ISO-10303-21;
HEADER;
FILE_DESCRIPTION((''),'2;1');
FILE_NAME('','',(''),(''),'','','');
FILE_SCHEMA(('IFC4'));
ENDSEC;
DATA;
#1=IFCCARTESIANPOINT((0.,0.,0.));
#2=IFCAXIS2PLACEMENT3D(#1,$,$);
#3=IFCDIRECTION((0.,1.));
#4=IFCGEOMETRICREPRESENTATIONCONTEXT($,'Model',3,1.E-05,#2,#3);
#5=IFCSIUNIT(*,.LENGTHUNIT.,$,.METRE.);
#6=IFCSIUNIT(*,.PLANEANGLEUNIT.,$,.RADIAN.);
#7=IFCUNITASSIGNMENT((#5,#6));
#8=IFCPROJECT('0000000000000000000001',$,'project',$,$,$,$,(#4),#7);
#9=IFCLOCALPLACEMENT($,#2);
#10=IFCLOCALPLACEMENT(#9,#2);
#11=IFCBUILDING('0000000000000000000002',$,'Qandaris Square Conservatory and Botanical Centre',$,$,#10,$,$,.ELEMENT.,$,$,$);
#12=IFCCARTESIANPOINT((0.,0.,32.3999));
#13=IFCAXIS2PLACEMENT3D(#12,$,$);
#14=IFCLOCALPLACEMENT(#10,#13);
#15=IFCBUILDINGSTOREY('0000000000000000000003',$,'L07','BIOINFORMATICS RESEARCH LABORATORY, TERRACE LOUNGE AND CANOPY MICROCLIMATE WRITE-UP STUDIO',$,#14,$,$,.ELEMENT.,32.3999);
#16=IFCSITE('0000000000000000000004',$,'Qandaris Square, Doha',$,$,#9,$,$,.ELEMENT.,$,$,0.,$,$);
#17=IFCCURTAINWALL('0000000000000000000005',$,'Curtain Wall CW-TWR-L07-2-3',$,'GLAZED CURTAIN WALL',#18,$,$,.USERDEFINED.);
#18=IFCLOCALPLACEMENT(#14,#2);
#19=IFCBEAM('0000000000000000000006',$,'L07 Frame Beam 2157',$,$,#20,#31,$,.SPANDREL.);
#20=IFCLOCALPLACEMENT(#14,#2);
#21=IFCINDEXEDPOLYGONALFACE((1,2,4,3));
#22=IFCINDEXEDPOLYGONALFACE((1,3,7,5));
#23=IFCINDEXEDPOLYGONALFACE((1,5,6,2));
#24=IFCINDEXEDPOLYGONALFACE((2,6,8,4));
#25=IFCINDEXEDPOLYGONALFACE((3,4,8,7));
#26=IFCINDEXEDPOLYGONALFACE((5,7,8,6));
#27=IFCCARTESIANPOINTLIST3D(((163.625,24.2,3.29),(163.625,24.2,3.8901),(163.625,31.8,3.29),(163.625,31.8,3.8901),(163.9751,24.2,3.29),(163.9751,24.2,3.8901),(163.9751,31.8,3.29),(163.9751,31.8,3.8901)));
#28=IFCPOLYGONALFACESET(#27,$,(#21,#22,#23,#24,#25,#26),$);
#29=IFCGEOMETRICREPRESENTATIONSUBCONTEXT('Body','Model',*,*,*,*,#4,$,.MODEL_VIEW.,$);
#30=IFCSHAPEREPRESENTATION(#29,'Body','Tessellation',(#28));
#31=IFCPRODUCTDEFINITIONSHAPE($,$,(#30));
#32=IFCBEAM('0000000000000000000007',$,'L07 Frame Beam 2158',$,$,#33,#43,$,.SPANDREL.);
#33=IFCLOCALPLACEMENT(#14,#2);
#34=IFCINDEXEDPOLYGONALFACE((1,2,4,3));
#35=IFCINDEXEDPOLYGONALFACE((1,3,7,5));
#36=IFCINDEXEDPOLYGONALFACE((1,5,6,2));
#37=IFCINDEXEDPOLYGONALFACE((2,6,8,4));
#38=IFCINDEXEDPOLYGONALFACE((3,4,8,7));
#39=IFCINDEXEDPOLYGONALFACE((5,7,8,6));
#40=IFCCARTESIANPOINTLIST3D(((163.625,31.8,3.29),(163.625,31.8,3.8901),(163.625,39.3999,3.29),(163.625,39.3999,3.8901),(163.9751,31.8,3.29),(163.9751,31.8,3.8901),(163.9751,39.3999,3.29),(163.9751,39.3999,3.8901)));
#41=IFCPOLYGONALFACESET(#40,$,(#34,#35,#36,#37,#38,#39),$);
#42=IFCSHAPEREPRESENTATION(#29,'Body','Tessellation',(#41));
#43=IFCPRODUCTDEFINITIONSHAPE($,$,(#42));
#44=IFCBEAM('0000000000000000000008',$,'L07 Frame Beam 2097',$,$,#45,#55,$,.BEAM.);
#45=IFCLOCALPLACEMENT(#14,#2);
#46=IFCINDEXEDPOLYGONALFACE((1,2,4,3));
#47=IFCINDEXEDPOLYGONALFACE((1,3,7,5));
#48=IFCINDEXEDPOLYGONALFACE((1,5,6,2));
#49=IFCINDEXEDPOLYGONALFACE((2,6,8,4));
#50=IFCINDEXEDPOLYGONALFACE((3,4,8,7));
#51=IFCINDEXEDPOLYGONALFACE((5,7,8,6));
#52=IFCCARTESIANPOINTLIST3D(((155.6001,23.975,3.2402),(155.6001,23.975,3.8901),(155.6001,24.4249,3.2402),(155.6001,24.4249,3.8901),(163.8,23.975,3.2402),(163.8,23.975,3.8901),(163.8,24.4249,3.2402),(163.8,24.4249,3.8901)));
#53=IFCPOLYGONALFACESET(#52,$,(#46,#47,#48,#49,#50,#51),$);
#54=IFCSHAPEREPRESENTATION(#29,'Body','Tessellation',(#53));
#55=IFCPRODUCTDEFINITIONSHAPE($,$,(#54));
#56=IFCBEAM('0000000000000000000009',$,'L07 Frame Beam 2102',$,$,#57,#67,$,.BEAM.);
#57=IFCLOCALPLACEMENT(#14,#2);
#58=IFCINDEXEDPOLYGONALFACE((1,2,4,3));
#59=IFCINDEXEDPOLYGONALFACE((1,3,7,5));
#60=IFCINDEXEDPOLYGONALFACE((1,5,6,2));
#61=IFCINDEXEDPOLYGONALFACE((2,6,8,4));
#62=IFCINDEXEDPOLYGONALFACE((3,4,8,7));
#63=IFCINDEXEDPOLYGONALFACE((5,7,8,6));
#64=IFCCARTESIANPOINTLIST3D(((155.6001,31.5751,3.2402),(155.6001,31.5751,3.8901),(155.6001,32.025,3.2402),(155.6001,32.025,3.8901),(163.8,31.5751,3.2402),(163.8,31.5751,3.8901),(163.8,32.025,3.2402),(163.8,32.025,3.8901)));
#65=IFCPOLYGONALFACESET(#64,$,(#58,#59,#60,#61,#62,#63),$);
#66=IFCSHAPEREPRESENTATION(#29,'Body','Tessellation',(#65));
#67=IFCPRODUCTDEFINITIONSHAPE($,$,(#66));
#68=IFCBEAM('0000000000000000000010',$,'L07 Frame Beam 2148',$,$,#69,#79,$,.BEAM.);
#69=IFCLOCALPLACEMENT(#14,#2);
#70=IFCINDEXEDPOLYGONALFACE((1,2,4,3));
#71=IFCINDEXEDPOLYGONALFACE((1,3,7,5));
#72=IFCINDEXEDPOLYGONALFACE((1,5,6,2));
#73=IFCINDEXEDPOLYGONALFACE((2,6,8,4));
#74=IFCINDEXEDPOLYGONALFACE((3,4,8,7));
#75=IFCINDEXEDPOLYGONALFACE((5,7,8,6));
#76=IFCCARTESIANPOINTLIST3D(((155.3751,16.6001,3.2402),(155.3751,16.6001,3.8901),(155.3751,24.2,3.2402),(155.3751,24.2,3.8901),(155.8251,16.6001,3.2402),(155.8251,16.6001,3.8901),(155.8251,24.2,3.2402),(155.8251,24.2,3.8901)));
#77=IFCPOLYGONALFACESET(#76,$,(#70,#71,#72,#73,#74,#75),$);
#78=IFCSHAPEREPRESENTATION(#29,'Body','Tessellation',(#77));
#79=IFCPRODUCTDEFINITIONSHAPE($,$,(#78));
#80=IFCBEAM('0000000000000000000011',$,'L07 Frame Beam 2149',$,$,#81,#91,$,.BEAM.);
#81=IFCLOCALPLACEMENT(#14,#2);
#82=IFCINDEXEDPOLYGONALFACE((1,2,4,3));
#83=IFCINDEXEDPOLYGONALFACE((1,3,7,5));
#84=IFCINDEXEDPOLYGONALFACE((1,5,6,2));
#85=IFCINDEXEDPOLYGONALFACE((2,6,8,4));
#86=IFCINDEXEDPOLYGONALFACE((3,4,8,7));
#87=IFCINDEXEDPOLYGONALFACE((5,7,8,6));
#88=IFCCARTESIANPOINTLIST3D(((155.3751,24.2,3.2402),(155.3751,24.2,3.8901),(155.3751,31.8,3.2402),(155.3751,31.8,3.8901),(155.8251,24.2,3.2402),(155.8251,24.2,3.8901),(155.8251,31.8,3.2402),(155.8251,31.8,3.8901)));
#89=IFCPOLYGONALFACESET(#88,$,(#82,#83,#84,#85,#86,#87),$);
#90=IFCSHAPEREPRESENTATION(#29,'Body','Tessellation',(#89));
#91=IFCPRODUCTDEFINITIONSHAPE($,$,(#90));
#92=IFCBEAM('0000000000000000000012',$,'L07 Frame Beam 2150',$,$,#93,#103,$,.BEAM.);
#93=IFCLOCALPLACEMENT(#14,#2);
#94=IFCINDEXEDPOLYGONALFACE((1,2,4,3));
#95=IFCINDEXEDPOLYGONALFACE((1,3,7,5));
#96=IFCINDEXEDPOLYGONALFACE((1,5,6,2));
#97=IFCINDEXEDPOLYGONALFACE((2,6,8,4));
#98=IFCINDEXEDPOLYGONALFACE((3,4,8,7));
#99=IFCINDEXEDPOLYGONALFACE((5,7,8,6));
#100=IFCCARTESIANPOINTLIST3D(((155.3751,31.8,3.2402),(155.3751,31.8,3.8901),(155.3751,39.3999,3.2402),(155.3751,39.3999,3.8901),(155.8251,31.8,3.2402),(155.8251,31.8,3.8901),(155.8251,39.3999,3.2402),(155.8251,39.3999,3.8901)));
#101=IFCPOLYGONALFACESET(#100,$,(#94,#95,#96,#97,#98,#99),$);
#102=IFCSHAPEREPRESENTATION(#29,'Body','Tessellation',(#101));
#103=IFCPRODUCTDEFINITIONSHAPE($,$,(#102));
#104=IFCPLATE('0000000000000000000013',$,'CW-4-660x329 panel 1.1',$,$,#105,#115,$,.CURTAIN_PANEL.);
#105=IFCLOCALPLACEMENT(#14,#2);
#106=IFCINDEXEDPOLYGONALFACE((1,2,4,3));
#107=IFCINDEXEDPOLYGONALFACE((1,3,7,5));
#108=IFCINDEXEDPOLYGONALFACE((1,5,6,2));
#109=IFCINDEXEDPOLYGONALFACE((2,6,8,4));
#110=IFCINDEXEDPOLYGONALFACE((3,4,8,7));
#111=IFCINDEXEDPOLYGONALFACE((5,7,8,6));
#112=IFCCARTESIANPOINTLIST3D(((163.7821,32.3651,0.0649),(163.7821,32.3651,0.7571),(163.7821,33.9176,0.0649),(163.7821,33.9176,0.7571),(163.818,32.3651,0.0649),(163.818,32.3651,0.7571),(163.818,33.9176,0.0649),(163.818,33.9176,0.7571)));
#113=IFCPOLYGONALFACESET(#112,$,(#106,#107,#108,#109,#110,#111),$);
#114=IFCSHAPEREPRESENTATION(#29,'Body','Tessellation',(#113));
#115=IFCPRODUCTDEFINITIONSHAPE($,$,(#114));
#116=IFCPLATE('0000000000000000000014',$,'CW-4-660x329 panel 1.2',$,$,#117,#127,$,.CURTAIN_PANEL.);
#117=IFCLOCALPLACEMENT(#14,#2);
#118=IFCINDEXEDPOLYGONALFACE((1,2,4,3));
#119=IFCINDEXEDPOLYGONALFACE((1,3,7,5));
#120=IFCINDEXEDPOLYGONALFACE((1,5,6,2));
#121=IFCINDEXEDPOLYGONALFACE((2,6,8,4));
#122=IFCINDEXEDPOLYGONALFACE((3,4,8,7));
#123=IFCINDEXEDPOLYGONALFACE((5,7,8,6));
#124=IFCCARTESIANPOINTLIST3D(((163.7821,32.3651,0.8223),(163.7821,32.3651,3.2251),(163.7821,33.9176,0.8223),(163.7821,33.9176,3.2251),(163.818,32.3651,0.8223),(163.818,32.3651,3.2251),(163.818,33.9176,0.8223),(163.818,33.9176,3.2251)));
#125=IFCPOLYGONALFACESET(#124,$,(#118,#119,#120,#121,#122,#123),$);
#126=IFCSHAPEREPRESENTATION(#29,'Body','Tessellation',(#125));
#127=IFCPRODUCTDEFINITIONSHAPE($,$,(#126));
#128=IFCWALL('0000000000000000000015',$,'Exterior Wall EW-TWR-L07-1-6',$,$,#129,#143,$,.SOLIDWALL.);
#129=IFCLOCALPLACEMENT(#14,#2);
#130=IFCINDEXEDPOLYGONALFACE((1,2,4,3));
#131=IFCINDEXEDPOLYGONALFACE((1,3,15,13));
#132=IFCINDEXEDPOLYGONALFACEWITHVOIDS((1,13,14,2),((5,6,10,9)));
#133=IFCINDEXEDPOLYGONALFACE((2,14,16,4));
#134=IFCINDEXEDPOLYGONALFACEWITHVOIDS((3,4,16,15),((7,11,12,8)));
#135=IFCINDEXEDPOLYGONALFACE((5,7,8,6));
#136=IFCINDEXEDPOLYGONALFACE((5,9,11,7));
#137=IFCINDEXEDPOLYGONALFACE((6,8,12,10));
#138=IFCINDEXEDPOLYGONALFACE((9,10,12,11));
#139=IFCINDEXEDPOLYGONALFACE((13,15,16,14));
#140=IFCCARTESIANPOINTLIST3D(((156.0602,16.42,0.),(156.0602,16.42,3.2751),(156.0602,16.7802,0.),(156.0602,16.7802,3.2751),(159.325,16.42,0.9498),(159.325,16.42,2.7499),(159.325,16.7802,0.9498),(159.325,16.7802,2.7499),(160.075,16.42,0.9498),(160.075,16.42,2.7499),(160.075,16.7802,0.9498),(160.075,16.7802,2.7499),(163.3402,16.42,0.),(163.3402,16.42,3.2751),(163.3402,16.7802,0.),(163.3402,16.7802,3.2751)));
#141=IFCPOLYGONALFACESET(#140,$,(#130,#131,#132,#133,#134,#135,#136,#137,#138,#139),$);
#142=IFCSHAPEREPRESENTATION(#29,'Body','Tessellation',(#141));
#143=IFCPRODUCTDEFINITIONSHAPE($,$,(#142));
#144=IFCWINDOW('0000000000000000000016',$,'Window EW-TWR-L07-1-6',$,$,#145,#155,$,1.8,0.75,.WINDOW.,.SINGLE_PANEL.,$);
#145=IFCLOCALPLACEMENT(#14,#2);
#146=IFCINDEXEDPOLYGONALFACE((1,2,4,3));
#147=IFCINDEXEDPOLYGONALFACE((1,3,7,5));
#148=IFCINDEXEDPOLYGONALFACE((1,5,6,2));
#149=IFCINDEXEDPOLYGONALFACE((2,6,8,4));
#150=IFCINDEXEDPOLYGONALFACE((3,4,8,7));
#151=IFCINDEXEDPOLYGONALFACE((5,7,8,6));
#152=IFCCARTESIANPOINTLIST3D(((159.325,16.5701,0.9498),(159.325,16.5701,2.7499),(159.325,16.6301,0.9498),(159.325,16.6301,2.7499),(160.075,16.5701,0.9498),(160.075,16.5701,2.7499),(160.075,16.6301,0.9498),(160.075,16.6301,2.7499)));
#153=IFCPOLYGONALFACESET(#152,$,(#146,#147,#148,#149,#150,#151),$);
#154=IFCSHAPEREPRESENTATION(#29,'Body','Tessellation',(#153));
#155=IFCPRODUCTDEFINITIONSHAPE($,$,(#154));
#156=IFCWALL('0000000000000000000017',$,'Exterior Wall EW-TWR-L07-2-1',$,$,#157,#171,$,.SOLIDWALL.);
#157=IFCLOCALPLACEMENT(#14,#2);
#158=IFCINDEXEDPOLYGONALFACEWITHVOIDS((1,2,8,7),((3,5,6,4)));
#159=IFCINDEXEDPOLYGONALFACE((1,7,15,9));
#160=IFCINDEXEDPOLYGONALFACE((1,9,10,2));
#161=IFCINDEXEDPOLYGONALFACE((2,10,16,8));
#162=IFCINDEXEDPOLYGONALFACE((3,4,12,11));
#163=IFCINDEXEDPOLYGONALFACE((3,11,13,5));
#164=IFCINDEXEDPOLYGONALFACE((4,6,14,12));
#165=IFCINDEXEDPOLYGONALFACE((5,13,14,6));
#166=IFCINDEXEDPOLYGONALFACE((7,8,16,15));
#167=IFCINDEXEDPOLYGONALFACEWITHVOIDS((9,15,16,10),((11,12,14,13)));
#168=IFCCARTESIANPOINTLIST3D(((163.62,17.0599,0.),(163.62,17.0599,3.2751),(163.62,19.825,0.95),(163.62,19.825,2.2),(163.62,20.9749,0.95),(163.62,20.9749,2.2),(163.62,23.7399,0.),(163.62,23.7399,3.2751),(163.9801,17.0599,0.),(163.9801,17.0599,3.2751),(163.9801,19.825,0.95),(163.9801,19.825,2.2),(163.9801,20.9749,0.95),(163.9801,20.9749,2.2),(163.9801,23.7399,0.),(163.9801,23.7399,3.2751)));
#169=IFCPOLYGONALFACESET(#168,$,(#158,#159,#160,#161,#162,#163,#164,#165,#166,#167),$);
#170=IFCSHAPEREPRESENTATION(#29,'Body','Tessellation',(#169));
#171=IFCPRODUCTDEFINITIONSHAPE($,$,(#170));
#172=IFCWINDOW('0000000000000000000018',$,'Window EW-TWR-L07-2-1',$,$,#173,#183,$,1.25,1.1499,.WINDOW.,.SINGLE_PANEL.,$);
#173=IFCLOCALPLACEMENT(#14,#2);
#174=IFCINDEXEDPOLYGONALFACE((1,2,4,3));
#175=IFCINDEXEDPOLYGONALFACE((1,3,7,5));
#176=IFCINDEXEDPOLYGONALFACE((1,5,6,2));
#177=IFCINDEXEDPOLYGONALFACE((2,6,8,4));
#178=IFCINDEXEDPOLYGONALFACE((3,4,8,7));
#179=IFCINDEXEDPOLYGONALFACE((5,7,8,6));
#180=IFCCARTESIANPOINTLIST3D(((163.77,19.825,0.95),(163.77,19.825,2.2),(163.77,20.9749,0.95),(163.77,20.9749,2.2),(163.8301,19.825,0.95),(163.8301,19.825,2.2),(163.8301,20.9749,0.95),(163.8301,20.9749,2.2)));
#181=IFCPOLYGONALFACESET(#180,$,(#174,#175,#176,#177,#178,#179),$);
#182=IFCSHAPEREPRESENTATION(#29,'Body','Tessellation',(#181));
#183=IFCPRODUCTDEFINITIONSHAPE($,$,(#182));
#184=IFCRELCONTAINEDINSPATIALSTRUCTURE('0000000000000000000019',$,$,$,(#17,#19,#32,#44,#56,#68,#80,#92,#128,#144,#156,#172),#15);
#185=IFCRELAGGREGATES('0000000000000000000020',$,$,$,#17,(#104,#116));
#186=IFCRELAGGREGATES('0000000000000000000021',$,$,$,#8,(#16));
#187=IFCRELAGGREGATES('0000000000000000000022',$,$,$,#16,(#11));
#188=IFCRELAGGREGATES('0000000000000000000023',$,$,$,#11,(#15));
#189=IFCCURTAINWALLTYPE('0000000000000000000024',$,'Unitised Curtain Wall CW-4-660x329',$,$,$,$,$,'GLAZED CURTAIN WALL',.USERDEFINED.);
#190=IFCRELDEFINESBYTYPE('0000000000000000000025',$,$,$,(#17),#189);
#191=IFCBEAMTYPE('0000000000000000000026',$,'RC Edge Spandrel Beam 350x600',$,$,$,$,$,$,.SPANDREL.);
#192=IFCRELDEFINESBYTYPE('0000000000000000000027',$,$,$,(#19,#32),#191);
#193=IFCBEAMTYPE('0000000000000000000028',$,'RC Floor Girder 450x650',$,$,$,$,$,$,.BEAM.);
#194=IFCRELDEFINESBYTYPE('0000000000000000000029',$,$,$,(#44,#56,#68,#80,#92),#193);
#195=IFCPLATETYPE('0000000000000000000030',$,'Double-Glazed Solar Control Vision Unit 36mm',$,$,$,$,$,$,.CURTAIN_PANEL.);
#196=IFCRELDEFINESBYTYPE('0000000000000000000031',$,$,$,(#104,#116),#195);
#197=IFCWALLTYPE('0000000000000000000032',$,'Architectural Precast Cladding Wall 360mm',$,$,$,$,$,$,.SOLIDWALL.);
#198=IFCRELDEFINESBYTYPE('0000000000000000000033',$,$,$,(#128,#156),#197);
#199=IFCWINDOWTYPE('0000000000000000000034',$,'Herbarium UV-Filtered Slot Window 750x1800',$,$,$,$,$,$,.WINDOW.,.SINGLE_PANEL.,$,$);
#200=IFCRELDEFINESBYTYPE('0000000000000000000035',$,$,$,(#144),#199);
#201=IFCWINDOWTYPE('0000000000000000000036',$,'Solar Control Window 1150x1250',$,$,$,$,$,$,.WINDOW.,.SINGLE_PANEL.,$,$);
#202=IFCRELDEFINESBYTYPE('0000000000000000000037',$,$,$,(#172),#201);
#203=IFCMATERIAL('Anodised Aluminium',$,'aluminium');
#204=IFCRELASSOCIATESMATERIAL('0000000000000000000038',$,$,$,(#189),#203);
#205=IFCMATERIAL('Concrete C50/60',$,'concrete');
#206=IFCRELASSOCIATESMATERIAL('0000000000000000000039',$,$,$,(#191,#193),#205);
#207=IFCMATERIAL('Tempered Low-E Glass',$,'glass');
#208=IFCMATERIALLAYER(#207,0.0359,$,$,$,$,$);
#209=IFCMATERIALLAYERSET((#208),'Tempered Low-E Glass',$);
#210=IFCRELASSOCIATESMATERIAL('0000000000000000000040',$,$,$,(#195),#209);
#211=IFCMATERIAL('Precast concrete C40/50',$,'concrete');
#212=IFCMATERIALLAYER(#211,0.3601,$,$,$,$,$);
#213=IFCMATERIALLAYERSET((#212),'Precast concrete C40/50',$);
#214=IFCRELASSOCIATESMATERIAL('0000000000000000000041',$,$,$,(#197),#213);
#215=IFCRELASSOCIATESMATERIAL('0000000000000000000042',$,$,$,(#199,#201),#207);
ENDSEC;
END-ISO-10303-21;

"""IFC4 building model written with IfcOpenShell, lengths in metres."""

from ifc_helpers import new_model, si_unit, direction, frame, frame_2d, origin, origin_2d, place, context, subcontext, project, spatial, rectangle, extrude, material, layer, layer_set, material_profile, profile_set, type_object, element, fill, aggregate, save


model = new_model("IFC4")

# Units and contexts
model_context = context("Model", 3, precision=1e-05, world=origin(), true_north=direction((0.0, 1.0)))
body_context = subcontext(model_context, "Body", "Model", "MODEL_VIEW")
ifc_project = project(units=[si_unit("LENGTHUNIT", "METRE"), si_unit("PLANEANGLEUNIT", "RADIAN")], contexts=[model_context])

# Site, building, storey
site_placement = place(None, origin())
site = spatial("IfcSite", under=ifc_project, at=site_placement, Name="Qandaris Square, Doha", CompositionType="ELEMENT", RefElevation=0.0)
building_placement = place(site_placement, origin())
building = spatial("IfcBuilding", under=site, at=building_placement, Name="Qandaris Square Conservatory and Botanical Centre", CompositionType="ELEMENT")
storey_placement = place(building_placement, frame((0.0, 0.0, 32.3999)))
storey = spatial("IfcBuildingStorey", under=building, at=storey_placement, Name="L07", Description="BIOINFORMATICS RESEARCH LABORATORY, TERRACE LOUNGE AND CANOPY MICROCLIMATE WRITE-UP STUDIO", CompositionType="ELEMENT", Elevation=32.3999)

# Shared definitions
ifc_material_1 = material(Name="Concrete C50/60", Category="concrete")

# Curtain wall
ifc_material_2 = material(Name="Anodised Aluminium", Category="aluminium")
curtain_wall_type = type_object("IfcCurtainWallType", Name="Unitised Curtain Wall CW-4-660x329", ElementType="GLAZED CURTAIN WALL", PredefinedType="USERDEFINED", material=ifc_material_2)
curtain_wall_placement = place(storey_placement, origin())
curtain_wall = element("IfcCurtainWall", 1, at=curtain_wall_placement, inside=storey, type_object=curtain_wall_type, Name="Curtain Wall CW-TWR-L07-2-3", ObjectType="GLAZED CURTAIN WALL", PredefinedType="USERDEFINED")

# Beams
ifc_material_profile_1 = material_profile(ifc_material_1, rectangle(XDim=0.3501, YDim=0.6001, at=origin_2d()), Name="RC-SP 350x600")
ifc_profile_set_1 = profile_set([ifc_material_profile_1], Name="Concrete C50/60")
beam_type_1 = type_object("IfcBeamType", Name="RC Edge Spandrel Beam 350x600", PredefinedType="SPANDREL", material=ifc_profile_set_1)
beam_1_placement = place(storey_placement, frame((163.8, 24.2, 3.5901), z_axis=(0.0, 1.0, 0.0), x_axis=(-1.0, 0.0, 0.0)))
element("IfcBeam", 2, at=beam_1_placement, inside=storey, type_object=beam_type_1, Name="L07 Frame Beam 2157", PredefinedType="SPANDREL", context=body_context, shape_type="SweptSolid", body=[
    extrude(rectangle(XDim=0.3501, YDim=0.6001, at=origin_2d()), origin(), (0.0, 0.0, 1.0), 7.6001),
])
beam_2_placement = place(storey_placement, frame((163.8, 31.8, 3.5901), z_axis=(0.0, 1.0, 0.0), x_axis=(-1.0, 0.0, 0.0)))
element("IfcBeam", 3, at=beam_2_placement, inside=storey, type_object=beam_type_1, Name="L07 Frame Beam 2158", PredefinedType="SPANDREL", context=body_context, shape_type="SweptSolid", body=[
    extrude(rectangle(XDim=0.3501, YDim=0.6001, at=origin_2d()), origin(), (0.0, 0.0, 1.0), 7.5999),
])
ifc_material_profile_2 = material_profile(ifc_material_1, rectangle(XDim=0.45, YDim=0.6499, at=origin_2d()), Name="RC-BM 450x650")
ifc_profile_set_2 = profile_set([ifc_material_profile_2], Name="Concrete C50/60")
beam_type_2 = type_object("IfcBeamType", Name="RC Floor Girder 450x650", PredefinedType="BEAM", material=ifc_profile_set_2)
for number, where, z_axis, x_axis, name in (
    (4, (155.6001, 24.2, 3.5652), (1.0, 0.0, 0.0), (0.0, 1.0, 0.0), "L07 Frame Beam 2097"),
    (5, (155.6001, 31.8, 3.5652), (1.0, 0.0, 0.0), (0.0, 1.0, 0.0), "L07 Frame Beam 2102"),
):
    element("IfcBeam", number, at=place(storey_placement, frame(where, z_axis=z_axis, x_axis=x_axis)), inside=storey, type_object=beam_type_2, Name=name, PredefinedType="BEAM", context=body_context, shape_type="SweptSolid", body=[
        extrude(rectangle(XDim=0.45, YDim=0.6499, at=origin_2d()), origin(), (0.0, 0.0, 1.0), 8.2),
    ])
beam_3_placement = place(storey_placement, frame((155.6001, 16.6001, 3.5652), z_axis=(0.0, 1.0, 0.0), x_axis=(-1.0, 0.0, 0.0)))
element("IfcBeam", 6, at=beam_3_placement, inside=storey, type_object=beam_type_2, Name="L07 Frame Beam 2148", PredefinedType="BEAM", context=body_context, shape_type="SweptSolid", body=[
    extrude(rectangle(XDim=0.45, YDim=0.6499, at=origin_2d()), origin(), (0.0, 0.0, 1.0), 7.5999),
])
beam_4_placement = place(storey_placement, frame((155.6001, 24.2, 3.5652), z_axis=(0.0, 1.0, 0.0), x_axis=(-1.0, 0.0, 0.0)))
element("IfcBeam", 7, at=beam_4_placement, inside=storey, type_object=beam_type_2, Name="L07 Frame Beam 2149", PredefinedType="BEAM", context=body_context, shape_type="SweptSolid", body=[
    extrude(rectangle(XDim=0.45, YDim=0.6499, at=origin_2d()), origin(), (0.0, 0.0, 1.0), 7.6001),
])
beam_5_placement = place(storey_placement, frame((155.6001, 31.8, 3.5652), z_axis=(0.0, 1.0, 0.0), x_axis=(-1.0, 0.0, 0.0)))
element("IfcBeam", 8, at=beam_5_placement, inside=storey, type_object=beam_type_2, Name="L07 Frame Beam 2150", PredefinedType="BEAM", context=body_context, shape_type="SweptSolid", body=[
    extrude(rectangle(XDim=0.45, YDim=0.6499, at=origin_2d()), origin(), (0.0, 0.0, 1.0), 7.5999),
])

# Plates
ifc_material_3 = material(Name="Tempered Low-E Glass", Category="glass")
ifc_layer_1 = layer(ifc_material_3, 0.0359)
ifc_layer_set_1 = layer_set([ifc_layer_1], Name="Tempered Low-E Glass")
plate_type = type_object("IfcPlateType", Name="Double-Glazed Solar Control Vision Unit 36mm", PredefinedType="CURTAIN_PANEL", material=ifc_layer_set_1)
plate_1_placement = place(storey_placement, frame((163.8, 33.1414, 0.0649), z_axis=(0.0, 0.0, 1.0), x_axis=(0.0, 1.0, 0.0)))
plate_1 = element("IfcPlate", 9, at=plate_1_placement, type_object=plate_type, Name="CW-4-660x329 panel 1.1", PredefinedType="CURTAIN_PANEL", context=body_context, shape_type="SweptSolid", body=[
    extrude(rectangle(XDim=1.5525, YDim=0.0359, at=origin_2d()), origin(), (0.0, 0.0, 1.0), 0.6921),
])
plate_2_placement = place(storey_placement, frame((163.8, 33.1414, 0.8223), z_axis=(0.0, 0.0, 1.0), x_axis=(0.0, 1.0, 0.0)))
plate_2 = element("IfcPlate", 10, at=plate_2_placement, type_object=plate_type, Name="CW-4-660x329 panel 1.2", PredefinedType="CURTAIN_PANEL", context=body_context, shape_type="SweptSolid", body=[
    extrude(rectangle(XDim=1.5525, YDim=0.0359, at=origin_2d()), origin(), (0.0, 0.0, 1.0), 2.4028),
])
aggregate(curtain_wall, [plate_1, plate_2])

# Walls, openings, windows
ifc_material_4 = material(Name="Precast concrete C40/50", Category="concrete")
ifc_layer_2 = layer(ifc_material_4, 0.3601)
ifc_layer_set_2 = layer_set([ifc_layer_2], Name="Precast concrete C40/50")
wall_type_1 = type_object("IfcWallType", Name="Architectural Precast Cladding Wall 360mm", PredefinedType="SOLIDWALL", material=ifc_layer_set_2)
wall_1_placement = place(storey_placement, frame((156.0601, 16.6001, 0.0), z_axis=(0.0, 0.0, 1.0), x_axis=(1.0, 0.0, 0.0)))
wall_1 = element("IfcWall", 11, at=wall_1_placement, inside=storey, type_object=wall_type_1, Name="Exterior Wall EW-TWR-L07-1-6", PredefinedType="SOLIDWALL", context=body_context, shape_type="SweptSolid", body=[
    extrude(rectangle(XDim=7.28, YDim=0.3601, at=frame_2d((3.6401, 0.0))), origin(), (0.0, 0.0, 1.0), 3.2751),
])
opening_1_placement = place(wall_1_placement, frame((3.2649, 0.0, 0.95)))
opening_1 = element("IfcOpeningElement", 12, at=opening_1_placement, cuts=wall_1, PredefinedType="OPENING", context=body_context, shape_type="SweptSolid", body=[
    extrude(rectangle(XDim=0.75, YDim=1.8, at=frame_2d((0.375, 0.8999))), frame((0.0, 0.1919, 0.0), z_axis=(0.0, -1.0, 0.0), x_axis=(1.0, 0.0, 0.0)), (0.0, 0.0, 1.0), 0.384),
])
window_type_1 = type_object("IfcWindowType", Name="Herbarium UV-Filtered Slot Window 750x1800", PartitioningType="SINGLE_PANEL", PredefinedType="WINDOW", material=ifc_material_3)
window_1_placement = place(opening_1_placement, origin())
window_1 = element("IfcWindow", 13, at=window_1_placement, inside=storey, type_object=window_type_1, Name="Window EW-TWR-L07-1-6", OverallHeight=1.8, OverallWidth=0.75, PartitioningType="SINGLE_PANEL", PredefinedType="WINDOW", context=body_context, shape_type="SweptSolid", body=[
    extrude(rectangle(XDim=0.75, YDim=1.8, at=frame_2d((0.375, 0.8999))), frame((0.0, 0.03, 0.0), z_axis=(0.0, -1.0, 0.0), x_axis=(1.0, 0.0, 0.0)), (0.0, 0.0, 1.0), 0.0601),
])
fill(opening_1, window_1)
wall_2_placement = place(storey_placement, frame((163.8, 17.0601, 0.0), z_axis=(0.0, 0.0, 1.0), x_axis=(0.0, 1.0, 0.0)))
wall_2 = element("IfcWall", 14, at=wall_2_placement, inside=storey, type_object=wall_type_1, Name="Exterior Wall EW-TWR-L07-2-1", PredefinedType="SOLIDWALL", context=body_context, shape_type="SweptSolid", body=[
    extrude(rectangle(XDim=6.6799, YDim=0.3601, at=frame_2d((3.3398, 0.0))), origin(), (0.0, 0.0, 1.0), 3.2751),
])
opening_2_placement = place(wall_2_placement, frame((2.7649, 0.0, 0.95)))
opening_2 = element("IfcOpeningElement", 15, at=opening_2_placement, cuts=wall_2, PredefinedType="OPENING", context=body_context, shape_type="SweptSolid", body=[
    extrude(rectangle(XDim=1.1499, YDim=1.25, at=frame_2d((0.575, 0.625))), frame((0.0, 0.1919, 0.0), z_axis=(0.0, -1.0, 0.0), x_axis=(1.0, 0.0, 0.0)), (0.0, 0.0, 1.0), 0.384),
])
window_type_2 = type_object("IfcWindowType", Name="Solar Control Window 1150x1250", PartitioningType="SINGLE_PANEL", PredefinedType="WINDOW", material=ifc_material_3)
window_2_placement = place(opening_2_placement, origin())
window_2 = element("IfcWindow", 16, at=window_2_placement, inside=storey, type_object=window_type_2, Name="Window EW-TWR-L07-2-1", OverallHeight=1.25, OverallWidth=1.1499, PartitioningType="SINGLE_PANEL", PredefinedType="WINDOW", context=body_context, shape_type="SweptSolid", body=[
    extrude(rectangle(XDim=1.1499, YDim=1.25, at=frame_2d((0.575, 0.625))), frame((0.0, 0.03, 0.0), z_axis=(0.0, -1.0, 0.0), x_axis=(1.0, 0.0, 0.0)), (0.0, 0.0, 1.0), 0.0601),
])
fill(opening_2, window_2)

save(model, "model.ifc")
